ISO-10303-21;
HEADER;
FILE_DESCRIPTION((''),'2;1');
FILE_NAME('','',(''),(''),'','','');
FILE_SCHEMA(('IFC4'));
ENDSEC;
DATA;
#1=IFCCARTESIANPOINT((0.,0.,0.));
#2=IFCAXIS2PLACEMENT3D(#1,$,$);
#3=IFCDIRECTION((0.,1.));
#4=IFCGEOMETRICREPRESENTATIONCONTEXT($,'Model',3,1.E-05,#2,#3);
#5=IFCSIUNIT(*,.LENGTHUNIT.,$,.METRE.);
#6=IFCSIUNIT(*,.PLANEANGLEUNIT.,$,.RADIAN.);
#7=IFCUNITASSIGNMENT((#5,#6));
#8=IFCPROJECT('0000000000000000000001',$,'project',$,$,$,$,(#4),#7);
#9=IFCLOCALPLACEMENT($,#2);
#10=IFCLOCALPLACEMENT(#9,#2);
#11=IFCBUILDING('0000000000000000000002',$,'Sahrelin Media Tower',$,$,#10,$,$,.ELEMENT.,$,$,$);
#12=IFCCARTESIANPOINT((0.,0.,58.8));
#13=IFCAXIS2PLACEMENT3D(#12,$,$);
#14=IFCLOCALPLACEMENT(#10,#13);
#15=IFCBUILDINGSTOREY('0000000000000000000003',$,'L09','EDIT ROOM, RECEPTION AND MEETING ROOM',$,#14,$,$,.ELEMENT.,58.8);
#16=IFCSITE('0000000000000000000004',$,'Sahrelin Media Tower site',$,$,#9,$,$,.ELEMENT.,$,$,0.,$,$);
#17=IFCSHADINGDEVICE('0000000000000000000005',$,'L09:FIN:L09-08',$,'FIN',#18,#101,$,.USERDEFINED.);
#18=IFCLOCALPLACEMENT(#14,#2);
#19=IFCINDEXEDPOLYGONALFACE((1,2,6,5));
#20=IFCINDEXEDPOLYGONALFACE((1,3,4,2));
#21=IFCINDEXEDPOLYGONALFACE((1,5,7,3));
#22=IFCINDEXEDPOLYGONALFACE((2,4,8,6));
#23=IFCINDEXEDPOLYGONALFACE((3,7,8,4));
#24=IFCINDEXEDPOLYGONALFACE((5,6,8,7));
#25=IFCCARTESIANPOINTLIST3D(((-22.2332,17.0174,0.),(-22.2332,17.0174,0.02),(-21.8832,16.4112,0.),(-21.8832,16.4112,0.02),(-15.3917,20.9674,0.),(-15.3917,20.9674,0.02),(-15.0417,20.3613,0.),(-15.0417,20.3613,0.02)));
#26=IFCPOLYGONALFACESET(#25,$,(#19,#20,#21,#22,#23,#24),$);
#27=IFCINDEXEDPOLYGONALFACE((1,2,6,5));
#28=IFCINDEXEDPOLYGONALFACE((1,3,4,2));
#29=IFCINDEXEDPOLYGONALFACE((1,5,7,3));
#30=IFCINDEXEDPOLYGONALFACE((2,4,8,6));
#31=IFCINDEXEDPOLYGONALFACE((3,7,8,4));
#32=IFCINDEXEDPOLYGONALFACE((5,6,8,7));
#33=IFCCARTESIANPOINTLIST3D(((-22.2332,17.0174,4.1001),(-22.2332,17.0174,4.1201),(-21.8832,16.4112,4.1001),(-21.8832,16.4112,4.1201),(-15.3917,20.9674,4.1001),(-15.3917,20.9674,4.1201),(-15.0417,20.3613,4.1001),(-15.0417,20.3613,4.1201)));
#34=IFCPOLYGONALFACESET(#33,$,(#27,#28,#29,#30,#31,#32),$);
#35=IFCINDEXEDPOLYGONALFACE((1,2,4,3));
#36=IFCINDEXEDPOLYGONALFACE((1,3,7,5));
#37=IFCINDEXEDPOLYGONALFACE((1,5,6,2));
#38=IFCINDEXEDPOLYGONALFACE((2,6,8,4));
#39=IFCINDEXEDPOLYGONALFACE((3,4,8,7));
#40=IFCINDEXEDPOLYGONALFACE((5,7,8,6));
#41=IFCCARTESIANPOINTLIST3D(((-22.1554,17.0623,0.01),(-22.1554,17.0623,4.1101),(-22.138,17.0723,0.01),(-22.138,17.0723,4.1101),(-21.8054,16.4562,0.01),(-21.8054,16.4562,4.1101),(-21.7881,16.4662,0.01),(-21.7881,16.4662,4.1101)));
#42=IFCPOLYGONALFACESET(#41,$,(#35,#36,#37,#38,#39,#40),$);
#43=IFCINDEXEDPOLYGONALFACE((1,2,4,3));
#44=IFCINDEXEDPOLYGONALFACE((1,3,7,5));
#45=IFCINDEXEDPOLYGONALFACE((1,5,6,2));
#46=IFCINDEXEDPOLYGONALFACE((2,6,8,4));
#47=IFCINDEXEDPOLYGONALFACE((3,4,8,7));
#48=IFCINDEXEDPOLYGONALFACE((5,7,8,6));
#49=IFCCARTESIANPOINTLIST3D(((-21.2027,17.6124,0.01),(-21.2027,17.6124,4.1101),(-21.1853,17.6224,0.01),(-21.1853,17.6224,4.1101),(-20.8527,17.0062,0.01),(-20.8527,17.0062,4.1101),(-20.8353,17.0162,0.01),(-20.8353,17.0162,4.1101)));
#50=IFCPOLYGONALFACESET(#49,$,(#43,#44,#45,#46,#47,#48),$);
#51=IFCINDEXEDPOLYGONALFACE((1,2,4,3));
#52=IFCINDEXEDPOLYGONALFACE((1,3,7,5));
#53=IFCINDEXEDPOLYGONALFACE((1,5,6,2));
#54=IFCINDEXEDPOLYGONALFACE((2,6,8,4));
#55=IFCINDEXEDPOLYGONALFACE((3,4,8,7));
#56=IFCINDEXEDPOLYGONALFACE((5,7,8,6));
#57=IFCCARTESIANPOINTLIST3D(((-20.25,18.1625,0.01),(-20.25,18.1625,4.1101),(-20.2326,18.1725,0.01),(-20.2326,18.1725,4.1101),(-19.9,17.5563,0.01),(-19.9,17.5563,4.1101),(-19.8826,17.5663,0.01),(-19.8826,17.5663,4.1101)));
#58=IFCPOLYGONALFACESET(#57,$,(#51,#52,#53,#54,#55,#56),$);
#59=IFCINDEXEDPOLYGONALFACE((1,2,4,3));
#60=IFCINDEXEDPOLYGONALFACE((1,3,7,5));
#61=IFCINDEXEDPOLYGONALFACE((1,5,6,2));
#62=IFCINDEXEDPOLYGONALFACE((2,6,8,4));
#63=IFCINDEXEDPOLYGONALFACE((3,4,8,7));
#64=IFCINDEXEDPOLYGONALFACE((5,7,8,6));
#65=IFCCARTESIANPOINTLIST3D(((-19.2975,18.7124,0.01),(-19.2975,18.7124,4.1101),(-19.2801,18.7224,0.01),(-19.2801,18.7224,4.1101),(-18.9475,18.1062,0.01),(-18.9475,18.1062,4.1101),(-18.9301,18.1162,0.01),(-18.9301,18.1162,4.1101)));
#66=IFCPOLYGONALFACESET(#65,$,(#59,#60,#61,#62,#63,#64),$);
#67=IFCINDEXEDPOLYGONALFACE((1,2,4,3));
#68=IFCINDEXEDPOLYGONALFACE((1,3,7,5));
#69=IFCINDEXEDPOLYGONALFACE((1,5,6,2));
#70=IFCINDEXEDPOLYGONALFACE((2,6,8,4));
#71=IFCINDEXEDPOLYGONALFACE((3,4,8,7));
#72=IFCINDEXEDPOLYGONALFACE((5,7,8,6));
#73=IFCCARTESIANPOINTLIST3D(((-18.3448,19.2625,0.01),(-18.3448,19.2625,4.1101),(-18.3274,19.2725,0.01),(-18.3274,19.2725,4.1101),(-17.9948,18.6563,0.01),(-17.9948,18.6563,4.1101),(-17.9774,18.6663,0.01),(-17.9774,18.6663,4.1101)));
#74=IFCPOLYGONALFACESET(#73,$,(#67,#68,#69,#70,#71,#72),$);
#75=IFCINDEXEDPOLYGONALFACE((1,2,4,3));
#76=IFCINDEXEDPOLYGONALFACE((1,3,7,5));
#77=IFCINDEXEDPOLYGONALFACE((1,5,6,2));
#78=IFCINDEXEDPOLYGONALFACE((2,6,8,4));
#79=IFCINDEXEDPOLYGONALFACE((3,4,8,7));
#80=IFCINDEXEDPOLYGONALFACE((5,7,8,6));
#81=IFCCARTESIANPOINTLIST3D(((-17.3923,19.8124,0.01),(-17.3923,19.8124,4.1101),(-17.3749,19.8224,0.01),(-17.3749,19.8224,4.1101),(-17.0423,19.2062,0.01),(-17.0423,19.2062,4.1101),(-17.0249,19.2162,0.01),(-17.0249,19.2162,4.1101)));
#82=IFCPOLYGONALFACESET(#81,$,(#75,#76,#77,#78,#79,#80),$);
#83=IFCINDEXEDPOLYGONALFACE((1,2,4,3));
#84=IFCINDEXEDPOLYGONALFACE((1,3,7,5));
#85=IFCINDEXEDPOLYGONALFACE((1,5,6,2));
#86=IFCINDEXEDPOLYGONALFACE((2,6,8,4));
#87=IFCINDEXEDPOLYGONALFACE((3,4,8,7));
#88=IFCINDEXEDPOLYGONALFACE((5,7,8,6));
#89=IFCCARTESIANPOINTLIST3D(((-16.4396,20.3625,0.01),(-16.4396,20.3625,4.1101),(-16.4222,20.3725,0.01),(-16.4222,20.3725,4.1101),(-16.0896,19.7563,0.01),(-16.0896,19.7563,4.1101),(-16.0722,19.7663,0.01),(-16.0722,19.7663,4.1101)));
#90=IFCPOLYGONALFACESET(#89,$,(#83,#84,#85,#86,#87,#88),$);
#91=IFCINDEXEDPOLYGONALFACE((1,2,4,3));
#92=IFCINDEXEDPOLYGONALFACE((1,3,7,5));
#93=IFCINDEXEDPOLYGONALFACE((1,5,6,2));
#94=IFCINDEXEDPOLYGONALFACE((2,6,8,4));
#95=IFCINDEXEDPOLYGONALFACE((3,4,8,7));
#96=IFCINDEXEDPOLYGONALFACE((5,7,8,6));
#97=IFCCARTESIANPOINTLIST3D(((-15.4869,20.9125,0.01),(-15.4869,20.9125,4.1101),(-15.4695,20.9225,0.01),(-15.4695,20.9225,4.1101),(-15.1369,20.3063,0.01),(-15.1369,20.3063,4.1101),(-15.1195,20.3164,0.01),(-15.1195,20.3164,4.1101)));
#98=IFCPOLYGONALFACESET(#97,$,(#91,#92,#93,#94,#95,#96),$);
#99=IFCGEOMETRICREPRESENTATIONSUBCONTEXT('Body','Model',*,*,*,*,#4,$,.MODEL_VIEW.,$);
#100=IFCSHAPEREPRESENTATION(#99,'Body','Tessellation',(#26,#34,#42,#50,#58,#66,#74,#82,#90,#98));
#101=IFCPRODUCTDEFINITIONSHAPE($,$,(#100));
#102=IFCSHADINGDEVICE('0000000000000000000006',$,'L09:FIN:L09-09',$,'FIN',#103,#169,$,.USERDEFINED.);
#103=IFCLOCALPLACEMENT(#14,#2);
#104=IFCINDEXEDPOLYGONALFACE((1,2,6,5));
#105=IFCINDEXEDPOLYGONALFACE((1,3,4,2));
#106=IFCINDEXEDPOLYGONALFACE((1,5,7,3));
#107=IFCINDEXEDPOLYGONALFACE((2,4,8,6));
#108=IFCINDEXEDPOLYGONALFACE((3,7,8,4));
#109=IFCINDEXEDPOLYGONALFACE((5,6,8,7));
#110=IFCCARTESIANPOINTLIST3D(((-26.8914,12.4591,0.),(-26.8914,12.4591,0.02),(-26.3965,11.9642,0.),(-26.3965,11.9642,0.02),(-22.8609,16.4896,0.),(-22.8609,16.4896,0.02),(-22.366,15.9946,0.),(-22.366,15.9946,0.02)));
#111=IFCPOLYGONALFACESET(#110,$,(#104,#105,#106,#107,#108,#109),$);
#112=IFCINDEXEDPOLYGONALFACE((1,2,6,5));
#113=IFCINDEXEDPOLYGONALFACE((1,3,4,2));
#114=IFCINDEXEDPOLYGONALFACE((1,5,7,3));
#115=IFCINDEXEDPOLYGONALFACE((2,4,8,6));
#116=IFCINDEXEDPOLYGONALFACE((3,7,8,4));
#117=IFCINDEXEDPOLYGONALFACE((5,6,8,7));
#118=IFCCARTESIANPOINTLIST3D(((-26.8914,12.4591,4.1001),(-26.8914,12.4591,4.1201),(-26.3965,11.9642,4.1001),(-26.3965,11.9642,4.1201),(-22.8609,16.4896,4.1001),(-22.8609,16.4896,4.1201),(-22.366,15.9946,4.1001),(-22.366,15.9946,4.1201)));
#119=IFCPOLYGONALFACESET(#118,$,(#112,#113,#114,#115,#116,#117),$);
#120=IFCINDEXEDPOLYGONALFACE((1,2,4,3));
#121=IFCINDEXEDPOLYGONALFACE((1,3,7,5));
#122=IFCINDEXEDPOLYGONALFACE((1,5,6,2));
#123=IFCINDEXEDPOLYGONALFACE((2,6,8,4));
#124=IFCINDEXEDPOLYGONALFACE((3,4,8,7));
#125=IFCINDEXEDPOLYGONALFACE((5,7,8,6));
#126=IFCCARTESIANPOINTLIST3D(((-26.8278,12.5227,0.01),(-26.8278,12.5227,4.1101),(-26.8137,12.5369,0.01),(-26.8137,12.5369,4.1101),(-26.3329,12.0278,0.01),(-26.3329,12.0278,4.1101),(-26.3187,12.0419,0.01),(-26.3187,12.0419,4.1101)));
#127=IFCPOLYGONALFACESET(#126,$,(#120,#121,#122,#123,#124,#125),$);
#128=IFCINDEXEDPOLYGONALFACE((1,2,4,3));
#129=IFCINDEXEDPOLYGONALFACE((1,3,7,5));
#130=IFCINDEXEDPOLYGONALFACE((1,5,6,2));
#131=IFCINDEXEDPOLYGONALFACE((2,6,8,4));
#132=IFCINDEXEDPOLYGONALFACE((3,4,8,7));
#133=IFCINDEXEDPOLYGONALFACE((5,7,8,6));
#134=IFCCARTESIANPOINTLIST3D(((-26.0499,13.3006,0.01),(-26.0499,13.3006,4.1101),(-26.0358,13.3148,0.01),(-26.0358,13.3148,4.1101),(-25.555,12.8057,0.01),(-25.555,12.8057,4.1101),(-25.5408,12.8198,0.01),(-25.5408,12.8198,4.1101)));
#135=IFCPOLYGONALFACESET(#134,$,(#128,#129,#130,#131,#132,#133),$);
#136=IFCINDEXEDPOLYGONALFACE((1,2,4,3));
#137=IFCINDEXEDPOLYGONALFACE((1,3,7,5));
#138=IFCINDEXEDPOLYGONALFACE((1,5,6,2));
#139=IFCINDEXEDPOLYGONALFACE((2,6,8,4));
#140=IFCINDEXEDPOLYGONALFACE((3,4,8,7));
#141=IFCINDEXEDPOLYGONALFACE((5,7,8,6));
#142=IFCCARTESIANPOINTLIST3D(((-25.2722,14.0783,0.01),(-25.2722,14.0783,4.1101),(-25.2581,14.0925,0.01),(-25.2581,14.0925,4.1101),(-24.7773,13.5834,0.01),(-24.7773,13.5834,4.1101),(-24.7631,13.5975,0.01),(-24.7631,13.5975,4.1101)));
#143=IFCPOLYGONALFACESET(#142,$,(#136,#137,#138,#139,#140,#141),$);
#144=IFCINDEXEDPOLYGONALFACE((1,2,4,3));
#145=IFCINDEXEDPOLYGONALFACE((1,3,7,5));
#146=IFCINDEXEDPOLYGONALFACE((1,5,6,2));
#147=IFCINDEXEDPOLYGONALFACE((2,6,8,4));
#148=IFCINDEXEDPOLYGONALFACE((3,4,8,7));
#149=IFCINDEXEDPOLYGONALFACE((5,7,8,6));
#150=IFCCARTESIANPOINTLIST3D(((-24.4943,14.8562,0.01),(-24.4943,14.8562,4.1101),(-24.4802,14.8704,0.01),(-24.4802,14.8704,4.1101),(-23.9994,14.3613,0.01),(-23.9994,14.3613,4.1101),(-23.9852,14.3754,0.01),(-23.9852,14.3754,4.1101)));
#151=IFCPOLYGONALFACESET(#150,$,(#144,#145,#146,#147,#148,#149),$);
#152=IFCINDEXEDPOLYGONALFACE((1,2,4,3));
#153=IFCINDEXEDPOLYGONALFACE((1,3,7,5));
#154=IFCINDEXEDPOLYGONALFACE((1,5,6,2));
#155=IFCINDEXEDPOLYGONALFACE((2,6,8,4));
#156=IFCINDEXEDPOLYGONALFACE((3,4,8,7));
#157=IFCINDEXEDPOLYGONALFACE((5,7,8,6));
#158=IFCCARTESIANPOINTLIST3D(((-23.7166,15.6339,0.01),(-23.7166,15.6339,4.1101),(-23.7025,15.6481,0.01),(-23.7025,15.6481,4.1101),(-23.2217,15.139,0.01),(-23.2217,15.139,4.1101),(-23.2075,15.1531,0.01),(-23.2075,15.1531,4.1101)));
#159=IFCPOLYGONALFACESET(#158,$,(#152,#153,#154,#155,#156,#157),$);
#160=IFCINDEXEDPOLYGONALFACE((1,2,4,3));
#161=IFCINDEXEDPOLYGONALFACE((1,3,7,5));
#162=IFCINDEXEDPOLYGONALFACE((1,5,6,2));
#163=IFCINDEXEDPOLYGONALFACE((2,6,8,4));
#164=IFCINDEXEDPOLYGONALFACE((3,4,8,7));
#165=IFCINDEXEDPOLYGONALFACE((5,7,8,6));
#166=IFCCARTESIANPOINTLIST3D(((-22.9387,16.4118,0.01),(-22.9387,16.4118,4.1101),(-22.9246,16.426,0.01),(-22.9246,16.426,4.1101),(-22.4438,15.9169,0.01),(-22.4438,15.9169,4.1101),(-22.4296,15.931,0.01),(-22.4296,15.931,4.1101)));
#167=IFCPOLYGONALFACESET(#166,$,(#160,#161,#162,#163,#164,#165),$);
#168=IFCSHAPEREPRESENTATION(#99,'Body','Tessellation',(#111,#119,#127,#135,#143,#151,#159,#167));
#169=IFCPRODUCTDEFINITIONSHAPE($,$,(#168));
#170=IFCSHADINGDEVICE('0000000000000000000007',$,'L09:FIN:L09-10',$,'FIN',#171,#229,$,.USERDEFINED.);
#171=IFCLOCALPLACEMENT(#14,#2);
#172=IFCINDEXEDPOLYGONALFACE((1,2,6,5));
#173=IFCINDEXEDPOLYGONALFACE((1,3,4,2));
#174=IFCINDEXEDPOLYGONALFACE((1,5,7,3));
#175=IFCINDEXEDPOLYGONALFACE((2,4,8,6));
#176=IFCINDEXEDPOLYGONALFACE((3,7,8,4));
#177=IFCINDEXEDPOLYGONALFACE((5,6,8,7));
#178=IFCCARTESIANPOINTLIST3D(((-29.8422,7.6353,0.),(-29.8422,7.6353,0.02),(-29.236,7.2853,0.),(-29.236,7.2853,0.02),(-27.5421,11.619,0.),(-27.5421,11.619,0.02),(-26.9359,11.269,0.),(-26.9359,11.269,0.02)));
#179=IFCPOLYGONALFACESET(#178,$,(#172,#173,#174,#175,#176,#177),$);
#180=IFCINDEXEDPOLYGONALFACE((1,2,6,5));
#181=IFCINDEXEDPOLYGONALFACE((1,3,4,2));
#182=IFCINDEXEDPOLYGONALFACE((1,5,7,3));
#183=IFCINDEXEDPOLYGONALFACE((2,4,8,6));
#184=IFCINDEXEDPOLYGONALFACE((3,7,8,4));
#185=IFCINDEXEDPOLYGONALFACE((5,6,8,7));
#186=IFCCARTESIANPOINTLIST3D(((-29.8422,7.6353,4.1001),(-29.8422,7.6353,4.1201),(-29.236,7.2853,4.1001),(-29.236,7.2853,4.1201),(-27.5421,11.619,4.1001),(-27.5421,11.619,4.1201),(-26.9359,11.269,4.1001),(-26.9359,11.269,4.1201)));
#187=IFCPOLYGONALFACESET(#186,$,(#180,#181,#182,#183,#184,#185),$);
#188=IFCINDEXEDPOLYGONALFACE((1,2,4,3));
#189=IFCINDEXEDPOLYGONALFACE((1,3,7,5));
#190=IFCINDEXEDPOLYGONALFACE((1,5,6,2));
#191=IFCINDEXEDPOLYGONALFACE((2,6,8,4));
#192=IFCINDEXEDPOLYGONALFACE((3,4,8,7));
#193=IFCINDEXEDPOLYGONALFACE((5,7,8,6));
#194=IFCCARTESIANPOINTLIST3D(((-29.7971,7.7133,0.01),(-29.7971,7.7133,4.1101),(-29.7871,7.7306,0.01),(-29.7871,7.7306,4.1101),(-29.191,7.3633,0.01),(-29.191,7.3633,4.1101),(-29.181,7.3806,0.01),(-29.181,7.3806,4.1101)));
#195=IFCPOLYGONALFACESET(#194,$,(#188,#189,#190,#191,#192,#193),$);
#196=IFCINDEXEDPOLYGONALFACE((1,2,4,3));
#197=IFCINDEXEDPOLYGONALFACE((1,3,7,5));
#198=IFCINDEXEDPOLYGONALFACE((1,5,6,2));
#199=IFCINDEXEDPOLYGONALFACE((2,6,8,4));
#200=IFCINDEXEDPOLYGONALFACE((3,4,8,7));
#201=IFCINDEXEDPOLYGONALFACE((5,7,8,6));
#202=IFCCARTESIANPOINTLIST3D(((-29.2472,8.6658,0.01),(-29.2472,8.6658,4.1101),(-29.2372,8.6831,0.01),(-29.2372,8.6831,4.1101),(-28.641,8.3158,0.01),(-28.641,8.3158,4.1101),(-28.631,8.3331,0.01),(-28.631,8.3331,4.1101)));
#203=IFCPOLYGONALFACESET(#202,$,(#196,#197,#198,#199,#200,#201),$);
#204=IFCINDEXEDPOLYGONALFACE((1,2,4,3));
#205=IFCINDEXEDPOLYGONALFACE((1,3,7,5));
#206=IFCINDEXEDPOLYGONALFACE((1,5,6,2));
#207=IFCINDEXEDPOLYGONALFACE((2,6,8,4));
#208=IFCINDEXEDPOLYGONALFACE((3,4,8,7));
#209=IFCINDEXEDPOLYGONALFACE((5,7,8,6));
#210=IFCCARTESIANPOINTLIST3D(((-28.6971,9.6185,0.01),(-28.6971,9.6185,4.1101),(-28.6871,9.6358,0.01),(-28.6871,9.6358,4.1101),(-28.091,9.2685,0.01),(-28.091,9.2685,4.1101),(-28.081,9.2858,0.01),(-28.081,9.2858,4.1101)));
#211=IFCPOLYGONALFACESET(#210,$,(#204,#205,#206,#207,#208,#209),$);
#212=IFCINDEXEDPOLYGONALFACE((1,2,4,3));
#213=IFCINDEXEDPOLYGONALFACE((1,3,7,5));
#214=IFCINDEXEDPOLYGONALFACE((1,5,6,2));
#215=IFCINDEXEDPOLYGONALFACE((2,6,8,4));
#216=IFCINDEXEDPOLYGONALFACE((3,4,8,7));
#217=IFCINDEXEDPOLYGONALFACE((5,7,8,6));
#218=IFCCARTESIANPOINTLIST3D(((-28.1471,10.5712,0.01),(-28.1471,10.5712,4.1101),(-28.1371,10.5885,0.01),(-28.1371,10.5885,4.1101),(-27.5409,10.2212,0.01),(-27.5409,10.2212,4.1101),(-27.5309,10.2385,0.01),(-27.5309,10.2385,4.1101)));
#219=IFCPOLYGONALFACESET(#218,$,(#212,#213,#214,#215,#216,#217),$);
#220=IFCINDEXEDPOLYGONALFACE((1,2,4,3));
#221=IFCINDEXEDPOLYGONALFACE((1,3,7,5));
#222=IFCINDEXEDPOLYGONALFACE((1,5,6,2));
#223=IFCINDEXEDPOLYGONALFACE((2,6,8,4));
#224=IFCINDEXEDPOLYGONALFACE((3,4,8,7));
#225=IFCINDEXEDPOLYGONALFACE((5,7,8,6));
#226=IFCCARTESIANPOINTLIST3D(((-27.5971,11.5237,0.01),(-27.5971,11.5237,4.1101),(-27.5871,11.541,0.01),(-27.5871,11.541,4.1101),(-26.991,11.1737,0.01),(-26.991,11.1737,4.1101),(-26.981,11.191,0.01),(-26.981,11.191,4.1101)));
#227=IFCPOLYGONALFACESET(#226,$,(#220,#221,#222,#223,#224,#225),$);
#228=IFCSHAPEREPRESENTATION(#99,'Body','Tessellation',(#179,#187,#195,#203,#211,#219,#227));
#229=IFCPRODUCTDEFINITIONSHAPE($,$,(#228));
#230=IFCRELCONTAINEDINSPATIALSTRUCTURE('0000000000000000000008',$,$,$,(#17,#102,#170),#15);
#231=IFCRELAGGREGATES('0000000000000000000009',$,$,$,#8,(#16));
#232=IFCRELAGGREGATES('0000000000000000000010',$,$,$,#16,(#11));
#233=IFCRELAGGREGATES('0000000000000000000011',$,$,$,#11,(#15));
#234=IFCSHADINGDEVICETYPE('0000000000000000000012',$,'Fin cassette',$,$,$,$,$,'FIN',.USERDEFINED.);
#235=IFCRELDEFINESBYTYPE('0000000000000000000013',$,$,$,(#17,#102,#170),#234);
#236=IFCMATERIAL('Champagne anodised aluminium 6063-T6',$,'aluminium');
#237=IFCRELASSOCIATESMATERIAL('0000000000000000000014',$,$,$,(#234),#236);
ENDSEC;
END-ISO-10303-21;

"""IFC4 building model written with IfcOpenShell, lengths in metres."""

from ifc_helpers import new_model, si_unit, direction, frame, origin, origin_2d, place, context, subcontext, project, spatial, rectangle, extrude, material, type_object, element, save


model = new_model("IFC4")

# Units and contexts
model_context = context("Model", 3, precision=1e-05, world=origin(), true_north=direction((0.0, 1.0)))
body_context = subcontext(model_context, "Body", "Model", "MODEL_VIEW")
ifc_project = project(units=[si_unit("LENGTHUNIT", "METRE"), si_unit("PLANEANGLEUNIT", "RADIAN")], contexts=[model_context])

# Site, building, storey
site_placement = place(None, origin())
site = spatial("IfcSite", under=ifc_project, at=site_placement, Name="Sahrelin Media Tower site", CompositionType="ELEMENT", RefElevation=0.0)
building_placement = place(site_placement, origin())
building = spatial("IfcBuilding", under=site, at=building_placement, Name="Sahrelin Media Tower", CompositionType="ELEMENT")
storey_placement = place(building_placement, frame((0.0, 0.0, 58.8)))
storey = spatial("IfcBuildingStorey", under=building, at=storey_placement, Name="L09", Description="EDIT ROOM, RECEPTION AND MEETING ROOM", CompositionType="ELEMENT", Elevation=58.8)

# Shared definitions
ifc_material_1 = material(Name="Champagne anodised aluminium 6063-T6", Category="aluminium")

# Shading devices
shading_device_type_1 = type_object("IfcShadingDeviceType", Name="Fin cassette", ElementType="FIN", PredefinedType="USERDEFINED", material=ifc_material_1)
placement_1 = place(storey_placement, frame((-18.4275, 18.3257, 0.0), z_axis=(0.0, 0.0, 1.0), x_axis=(0.866019, 0.500011, 0.0)))
element("IfcShadingDevice", 1, at=placement_1, inside=storey, type_object=shading_device_type_1, Name="L09:FIN:L09-08", ObjectType="FIN", PredefinedType="USERDEFINED", context=body_context, shape_type="SweptSolid", body=[
    extrude(rectangle(XDim=7.8999, YDim=0.7, at=origin_2d()), frame((0.0, 0.4199, 0.0)), (0.0, 0.0, 1.0), 0.02),
    extrude(rectangle(XDim=7.8999, YDim=0.7, at=origin_2d()), frame((0.0, 0.4199, 4.1001)), (0.0, 0.0, 1.0), 0.02),
    extrude(rectangle(XDim=0.02, YDim=0.7, at=origin_2d()), frame((-3.8501, 0.4199, 0.01), z_axis=(0.0, 0.0, 1.0), x_axis=(1.0, 0.0, 0.0)), (0.0, 0.0, 1.0), 4.1001),
    extrude(rectangle(XDim=0.02, YDim=0.7, at=origin_2d()), frame((-2.75, 0.4199, 0.01), z_axis=(0.0, 0.0, 1.0), x_axis=(1.0, 0.0, 0.0)), (0.0, 0.0, 1.0), 4.1001),
    extrude(rectangle(XDim=0.02, YDim=0.7, at=origin_2d()), frame((-1.6499, 0.4199, 0.01), z_axis=(0.0, 0.0, 1.0), x_axis=(1.0, 0.0, 0.0)), (0.0, 0.0, 1.0), 4.1001),
    extrude(rectangle(XDim=0.02, YDim=0.7, at=origin_2d()), frame((-0.55, 0.4199, 0.01), z_axis=(0.0, 0.0, 1.0), x_axis=(1.0, 0.0, 0.0)), (0.0, 0.0, 1.0), 4.1001),
    extrude(rectangle(XDim=0.02, YDim=0.7, at=origin_2d()), frame((0.55, 0.4199, 0.01), z_axis=(0.0, 0.0, 1.0), x_axis=(1.0, 0.0, 0.0)), (0.0, 0.0, 1.0), 4.1001),
    extrude(rectangle(XDim=0.02, YDim=0.7, at=origin_2d()), frame((1.6499, 0.4199, 0.01), z_axis=(0.0, 0.0, 1.0), x_axis=(1.0, 0.0, 0.0)), (0.0, 0.0, 1.0), 4.1001),
    extrude(rectangle(XDim=0.02, YDim=0.7, at=origin_2d()), frame((2.75, 0.4199, 0.01), z_axis=(0.0, 0.0, 1.0), x_axis=(1.0, 0.0, 0.0)), (0.0, 0.0, 1.0), 4.1001),
    extrude(rectangle(XDim=0.02, YDim=0.7, at=origin_2d()), frame((3.8501, 0.4199, 0.01), z_axis=(0.0, 0.0, 1.0), x_axis=(1.0, 0.0, 0.0)), (0.0, 0.0, 1.0), 4.1001),
])
placement_2 = place(storey_placement, frame((-24.3318, 13.9299, 0.0), z_axis=(0.0, 0.0, 1.0), x_axis=(0.707107, 0.707107, 0.0)))
element("IfcShadingDevice", 2, at=placement_2, inside=storey, type_object=shading_device_type_1, Name="L09:FIN:L09-09", ObjectType="FIN", PredefinedType="USERDEFINED", context=body_context, shape_type="SweptSolid", body=[
    extrude(rectangle(XDim=5.7, YDim=0.7, at=origin_2d()), frame((0.0, 0.4199, 0.0)), (0.0, 0.0, 1.0), 0.02),
    extrude(rectangle(XDim=5.7, YDim=0.7, at=origin_2d()), frame((0.0, 0.4199, 4.1001)), (0.0, 0.0, 1.0), 0.02),
    extrude(rectangle(XDim=0.02, YDim=0.7, at=origin_2d()), frame((-2.75, 0.4199, 0.01), z_axis=(0.0, 0.0, 1.0), x_axis=(1.0, 0.0, 0.0)), (0.0, 0.0, 1.0), 4.1001),
    extrude(rectangle(XDim=0.02, YDim=0.7, at=origin_2d()), frame((-1.6499, 0.4199, 0.01), z_axis=(0.0, 0.0, 1.0), x_axis=(1.0, 0.0, 0.0)), (0.0, 0.0, 1.0), 4.1001),
    extrude(rectangle(XDim=0.02, YDim=0.7, at=origin_2d()), frame((-0.55, 0.4199, 0.01), z_axis=(0.0, 0.0, 1.0), x_axis=(1.0, 0.0, 0.0)), (0.0, 0.0, 1.0), 4.1001),
    extrude(rectangle(XDim=0.02, YDim=0.7, at=origin_2d()), frame((0.55, 0.4199, 0.01), z_axis=(0.0, 0.0, 1.0), x_axis=(1.0, 0.0, 0.0)), (0.0, 0.0, 1.0), 4.1001),
    extrude(rectangle(XDim=0.02, YDim=0.7, at=origin_2d()), frame((1.6499, 0.4199, 0.01), z_axis=(0.0, 0.0, 1.0), x_axis=(1.0, 0.0, 0.0)), (0.0, 0.0, 1.0), 4.1001),
    extrude(rectangle(XDim=0.02, YDim=0.7, at=origin_2d()), frame((2.75, 0.4199, 0.01), z_axis=(0.0, 0.0, 1.0), x_axis=(1.0, 0.0, 0.0)), (0.0, 0.0, 1.0), 4.1001),
])
placement_3 = place(storey_placement, frame((-28.0254, 9.2422, 0.0), z_axis=(0.0, 0.0, 1.0), x_axis=(0.500011, 0.866019, 0.0)))
element("IfcShadingDevice", 3, at=placement_3, inside=storey, type_object=shading_device_type_1, Name="L09:FIN:L09-10", ObjectType="FIN", PredefinedType="USERDEFINED", context=body_context, shape_type="SweptSolid", body=[
    extrude(rectangle(XDim=4.6001, YDim=0.7, at=origin_2d()), frame((0.0, 0.4199, 0.0)), (0.0, 0.0, 1.0), 0.02),
    extrude(rectangle(XDim=4.6001, YDim=0.7, at=origin_2d()), frame((0.0, 0.4199, 4.1001)), (0.0, 0.0, 1.0), 0.02),
    extrude(rectangle(XDim=0.02, YDim=0.7, at=origin_2d()), frame((-2.2, 0.4199, 0.01), z_axis=(0.0, 0.0, 1.0), x_axis=(1.0, 0.0, 0.0)), (0.0, 0.0, 1.0), 4.1001),
    extrude(rectangle(XDim=0.02, YDim=0.7, at=origin_2d()), frame((-1.1001, 0.4199, 0.01), z_axis=(0.0, 0.0, 1.0), x_axis=(1.0, 0.0, 0.0)), (0.0, 0.0, 1.0), 4.1001),
    extrude(rectangle(XDim=0.02, YDim=0.7, at=origin_2d()), frame((0.0, 0.4199, 0.01), z_axis=(0.0, 0.0, 1.0), x_axis=(1.0, 0.0, 0.0)), (0.0, 0.0, 1.0), 4.1001),
    extrude(rectangle(XDim=0.02, YDim=0.7, at=origin_2d()), frame((1.1001, 0.4199, 0.01), z_axis=(0.0, 0.0, 1.0), x_axis=(1.0, 0.0, 0.0)), (0.0, 0.0, 1.0), 4.1001),
    extrude(rectangle(XDim=0.02, YDim=0.7, at=origin_2d()), frame((2.2, 0.4199, 0.01), z_axis=(0.0, 0.0, 1.0), x_axis=(1.0, 0.0, 0.0)), (0.0, 0.0, 1.0), 4.1001),
])

save(model, "model.ifc")
